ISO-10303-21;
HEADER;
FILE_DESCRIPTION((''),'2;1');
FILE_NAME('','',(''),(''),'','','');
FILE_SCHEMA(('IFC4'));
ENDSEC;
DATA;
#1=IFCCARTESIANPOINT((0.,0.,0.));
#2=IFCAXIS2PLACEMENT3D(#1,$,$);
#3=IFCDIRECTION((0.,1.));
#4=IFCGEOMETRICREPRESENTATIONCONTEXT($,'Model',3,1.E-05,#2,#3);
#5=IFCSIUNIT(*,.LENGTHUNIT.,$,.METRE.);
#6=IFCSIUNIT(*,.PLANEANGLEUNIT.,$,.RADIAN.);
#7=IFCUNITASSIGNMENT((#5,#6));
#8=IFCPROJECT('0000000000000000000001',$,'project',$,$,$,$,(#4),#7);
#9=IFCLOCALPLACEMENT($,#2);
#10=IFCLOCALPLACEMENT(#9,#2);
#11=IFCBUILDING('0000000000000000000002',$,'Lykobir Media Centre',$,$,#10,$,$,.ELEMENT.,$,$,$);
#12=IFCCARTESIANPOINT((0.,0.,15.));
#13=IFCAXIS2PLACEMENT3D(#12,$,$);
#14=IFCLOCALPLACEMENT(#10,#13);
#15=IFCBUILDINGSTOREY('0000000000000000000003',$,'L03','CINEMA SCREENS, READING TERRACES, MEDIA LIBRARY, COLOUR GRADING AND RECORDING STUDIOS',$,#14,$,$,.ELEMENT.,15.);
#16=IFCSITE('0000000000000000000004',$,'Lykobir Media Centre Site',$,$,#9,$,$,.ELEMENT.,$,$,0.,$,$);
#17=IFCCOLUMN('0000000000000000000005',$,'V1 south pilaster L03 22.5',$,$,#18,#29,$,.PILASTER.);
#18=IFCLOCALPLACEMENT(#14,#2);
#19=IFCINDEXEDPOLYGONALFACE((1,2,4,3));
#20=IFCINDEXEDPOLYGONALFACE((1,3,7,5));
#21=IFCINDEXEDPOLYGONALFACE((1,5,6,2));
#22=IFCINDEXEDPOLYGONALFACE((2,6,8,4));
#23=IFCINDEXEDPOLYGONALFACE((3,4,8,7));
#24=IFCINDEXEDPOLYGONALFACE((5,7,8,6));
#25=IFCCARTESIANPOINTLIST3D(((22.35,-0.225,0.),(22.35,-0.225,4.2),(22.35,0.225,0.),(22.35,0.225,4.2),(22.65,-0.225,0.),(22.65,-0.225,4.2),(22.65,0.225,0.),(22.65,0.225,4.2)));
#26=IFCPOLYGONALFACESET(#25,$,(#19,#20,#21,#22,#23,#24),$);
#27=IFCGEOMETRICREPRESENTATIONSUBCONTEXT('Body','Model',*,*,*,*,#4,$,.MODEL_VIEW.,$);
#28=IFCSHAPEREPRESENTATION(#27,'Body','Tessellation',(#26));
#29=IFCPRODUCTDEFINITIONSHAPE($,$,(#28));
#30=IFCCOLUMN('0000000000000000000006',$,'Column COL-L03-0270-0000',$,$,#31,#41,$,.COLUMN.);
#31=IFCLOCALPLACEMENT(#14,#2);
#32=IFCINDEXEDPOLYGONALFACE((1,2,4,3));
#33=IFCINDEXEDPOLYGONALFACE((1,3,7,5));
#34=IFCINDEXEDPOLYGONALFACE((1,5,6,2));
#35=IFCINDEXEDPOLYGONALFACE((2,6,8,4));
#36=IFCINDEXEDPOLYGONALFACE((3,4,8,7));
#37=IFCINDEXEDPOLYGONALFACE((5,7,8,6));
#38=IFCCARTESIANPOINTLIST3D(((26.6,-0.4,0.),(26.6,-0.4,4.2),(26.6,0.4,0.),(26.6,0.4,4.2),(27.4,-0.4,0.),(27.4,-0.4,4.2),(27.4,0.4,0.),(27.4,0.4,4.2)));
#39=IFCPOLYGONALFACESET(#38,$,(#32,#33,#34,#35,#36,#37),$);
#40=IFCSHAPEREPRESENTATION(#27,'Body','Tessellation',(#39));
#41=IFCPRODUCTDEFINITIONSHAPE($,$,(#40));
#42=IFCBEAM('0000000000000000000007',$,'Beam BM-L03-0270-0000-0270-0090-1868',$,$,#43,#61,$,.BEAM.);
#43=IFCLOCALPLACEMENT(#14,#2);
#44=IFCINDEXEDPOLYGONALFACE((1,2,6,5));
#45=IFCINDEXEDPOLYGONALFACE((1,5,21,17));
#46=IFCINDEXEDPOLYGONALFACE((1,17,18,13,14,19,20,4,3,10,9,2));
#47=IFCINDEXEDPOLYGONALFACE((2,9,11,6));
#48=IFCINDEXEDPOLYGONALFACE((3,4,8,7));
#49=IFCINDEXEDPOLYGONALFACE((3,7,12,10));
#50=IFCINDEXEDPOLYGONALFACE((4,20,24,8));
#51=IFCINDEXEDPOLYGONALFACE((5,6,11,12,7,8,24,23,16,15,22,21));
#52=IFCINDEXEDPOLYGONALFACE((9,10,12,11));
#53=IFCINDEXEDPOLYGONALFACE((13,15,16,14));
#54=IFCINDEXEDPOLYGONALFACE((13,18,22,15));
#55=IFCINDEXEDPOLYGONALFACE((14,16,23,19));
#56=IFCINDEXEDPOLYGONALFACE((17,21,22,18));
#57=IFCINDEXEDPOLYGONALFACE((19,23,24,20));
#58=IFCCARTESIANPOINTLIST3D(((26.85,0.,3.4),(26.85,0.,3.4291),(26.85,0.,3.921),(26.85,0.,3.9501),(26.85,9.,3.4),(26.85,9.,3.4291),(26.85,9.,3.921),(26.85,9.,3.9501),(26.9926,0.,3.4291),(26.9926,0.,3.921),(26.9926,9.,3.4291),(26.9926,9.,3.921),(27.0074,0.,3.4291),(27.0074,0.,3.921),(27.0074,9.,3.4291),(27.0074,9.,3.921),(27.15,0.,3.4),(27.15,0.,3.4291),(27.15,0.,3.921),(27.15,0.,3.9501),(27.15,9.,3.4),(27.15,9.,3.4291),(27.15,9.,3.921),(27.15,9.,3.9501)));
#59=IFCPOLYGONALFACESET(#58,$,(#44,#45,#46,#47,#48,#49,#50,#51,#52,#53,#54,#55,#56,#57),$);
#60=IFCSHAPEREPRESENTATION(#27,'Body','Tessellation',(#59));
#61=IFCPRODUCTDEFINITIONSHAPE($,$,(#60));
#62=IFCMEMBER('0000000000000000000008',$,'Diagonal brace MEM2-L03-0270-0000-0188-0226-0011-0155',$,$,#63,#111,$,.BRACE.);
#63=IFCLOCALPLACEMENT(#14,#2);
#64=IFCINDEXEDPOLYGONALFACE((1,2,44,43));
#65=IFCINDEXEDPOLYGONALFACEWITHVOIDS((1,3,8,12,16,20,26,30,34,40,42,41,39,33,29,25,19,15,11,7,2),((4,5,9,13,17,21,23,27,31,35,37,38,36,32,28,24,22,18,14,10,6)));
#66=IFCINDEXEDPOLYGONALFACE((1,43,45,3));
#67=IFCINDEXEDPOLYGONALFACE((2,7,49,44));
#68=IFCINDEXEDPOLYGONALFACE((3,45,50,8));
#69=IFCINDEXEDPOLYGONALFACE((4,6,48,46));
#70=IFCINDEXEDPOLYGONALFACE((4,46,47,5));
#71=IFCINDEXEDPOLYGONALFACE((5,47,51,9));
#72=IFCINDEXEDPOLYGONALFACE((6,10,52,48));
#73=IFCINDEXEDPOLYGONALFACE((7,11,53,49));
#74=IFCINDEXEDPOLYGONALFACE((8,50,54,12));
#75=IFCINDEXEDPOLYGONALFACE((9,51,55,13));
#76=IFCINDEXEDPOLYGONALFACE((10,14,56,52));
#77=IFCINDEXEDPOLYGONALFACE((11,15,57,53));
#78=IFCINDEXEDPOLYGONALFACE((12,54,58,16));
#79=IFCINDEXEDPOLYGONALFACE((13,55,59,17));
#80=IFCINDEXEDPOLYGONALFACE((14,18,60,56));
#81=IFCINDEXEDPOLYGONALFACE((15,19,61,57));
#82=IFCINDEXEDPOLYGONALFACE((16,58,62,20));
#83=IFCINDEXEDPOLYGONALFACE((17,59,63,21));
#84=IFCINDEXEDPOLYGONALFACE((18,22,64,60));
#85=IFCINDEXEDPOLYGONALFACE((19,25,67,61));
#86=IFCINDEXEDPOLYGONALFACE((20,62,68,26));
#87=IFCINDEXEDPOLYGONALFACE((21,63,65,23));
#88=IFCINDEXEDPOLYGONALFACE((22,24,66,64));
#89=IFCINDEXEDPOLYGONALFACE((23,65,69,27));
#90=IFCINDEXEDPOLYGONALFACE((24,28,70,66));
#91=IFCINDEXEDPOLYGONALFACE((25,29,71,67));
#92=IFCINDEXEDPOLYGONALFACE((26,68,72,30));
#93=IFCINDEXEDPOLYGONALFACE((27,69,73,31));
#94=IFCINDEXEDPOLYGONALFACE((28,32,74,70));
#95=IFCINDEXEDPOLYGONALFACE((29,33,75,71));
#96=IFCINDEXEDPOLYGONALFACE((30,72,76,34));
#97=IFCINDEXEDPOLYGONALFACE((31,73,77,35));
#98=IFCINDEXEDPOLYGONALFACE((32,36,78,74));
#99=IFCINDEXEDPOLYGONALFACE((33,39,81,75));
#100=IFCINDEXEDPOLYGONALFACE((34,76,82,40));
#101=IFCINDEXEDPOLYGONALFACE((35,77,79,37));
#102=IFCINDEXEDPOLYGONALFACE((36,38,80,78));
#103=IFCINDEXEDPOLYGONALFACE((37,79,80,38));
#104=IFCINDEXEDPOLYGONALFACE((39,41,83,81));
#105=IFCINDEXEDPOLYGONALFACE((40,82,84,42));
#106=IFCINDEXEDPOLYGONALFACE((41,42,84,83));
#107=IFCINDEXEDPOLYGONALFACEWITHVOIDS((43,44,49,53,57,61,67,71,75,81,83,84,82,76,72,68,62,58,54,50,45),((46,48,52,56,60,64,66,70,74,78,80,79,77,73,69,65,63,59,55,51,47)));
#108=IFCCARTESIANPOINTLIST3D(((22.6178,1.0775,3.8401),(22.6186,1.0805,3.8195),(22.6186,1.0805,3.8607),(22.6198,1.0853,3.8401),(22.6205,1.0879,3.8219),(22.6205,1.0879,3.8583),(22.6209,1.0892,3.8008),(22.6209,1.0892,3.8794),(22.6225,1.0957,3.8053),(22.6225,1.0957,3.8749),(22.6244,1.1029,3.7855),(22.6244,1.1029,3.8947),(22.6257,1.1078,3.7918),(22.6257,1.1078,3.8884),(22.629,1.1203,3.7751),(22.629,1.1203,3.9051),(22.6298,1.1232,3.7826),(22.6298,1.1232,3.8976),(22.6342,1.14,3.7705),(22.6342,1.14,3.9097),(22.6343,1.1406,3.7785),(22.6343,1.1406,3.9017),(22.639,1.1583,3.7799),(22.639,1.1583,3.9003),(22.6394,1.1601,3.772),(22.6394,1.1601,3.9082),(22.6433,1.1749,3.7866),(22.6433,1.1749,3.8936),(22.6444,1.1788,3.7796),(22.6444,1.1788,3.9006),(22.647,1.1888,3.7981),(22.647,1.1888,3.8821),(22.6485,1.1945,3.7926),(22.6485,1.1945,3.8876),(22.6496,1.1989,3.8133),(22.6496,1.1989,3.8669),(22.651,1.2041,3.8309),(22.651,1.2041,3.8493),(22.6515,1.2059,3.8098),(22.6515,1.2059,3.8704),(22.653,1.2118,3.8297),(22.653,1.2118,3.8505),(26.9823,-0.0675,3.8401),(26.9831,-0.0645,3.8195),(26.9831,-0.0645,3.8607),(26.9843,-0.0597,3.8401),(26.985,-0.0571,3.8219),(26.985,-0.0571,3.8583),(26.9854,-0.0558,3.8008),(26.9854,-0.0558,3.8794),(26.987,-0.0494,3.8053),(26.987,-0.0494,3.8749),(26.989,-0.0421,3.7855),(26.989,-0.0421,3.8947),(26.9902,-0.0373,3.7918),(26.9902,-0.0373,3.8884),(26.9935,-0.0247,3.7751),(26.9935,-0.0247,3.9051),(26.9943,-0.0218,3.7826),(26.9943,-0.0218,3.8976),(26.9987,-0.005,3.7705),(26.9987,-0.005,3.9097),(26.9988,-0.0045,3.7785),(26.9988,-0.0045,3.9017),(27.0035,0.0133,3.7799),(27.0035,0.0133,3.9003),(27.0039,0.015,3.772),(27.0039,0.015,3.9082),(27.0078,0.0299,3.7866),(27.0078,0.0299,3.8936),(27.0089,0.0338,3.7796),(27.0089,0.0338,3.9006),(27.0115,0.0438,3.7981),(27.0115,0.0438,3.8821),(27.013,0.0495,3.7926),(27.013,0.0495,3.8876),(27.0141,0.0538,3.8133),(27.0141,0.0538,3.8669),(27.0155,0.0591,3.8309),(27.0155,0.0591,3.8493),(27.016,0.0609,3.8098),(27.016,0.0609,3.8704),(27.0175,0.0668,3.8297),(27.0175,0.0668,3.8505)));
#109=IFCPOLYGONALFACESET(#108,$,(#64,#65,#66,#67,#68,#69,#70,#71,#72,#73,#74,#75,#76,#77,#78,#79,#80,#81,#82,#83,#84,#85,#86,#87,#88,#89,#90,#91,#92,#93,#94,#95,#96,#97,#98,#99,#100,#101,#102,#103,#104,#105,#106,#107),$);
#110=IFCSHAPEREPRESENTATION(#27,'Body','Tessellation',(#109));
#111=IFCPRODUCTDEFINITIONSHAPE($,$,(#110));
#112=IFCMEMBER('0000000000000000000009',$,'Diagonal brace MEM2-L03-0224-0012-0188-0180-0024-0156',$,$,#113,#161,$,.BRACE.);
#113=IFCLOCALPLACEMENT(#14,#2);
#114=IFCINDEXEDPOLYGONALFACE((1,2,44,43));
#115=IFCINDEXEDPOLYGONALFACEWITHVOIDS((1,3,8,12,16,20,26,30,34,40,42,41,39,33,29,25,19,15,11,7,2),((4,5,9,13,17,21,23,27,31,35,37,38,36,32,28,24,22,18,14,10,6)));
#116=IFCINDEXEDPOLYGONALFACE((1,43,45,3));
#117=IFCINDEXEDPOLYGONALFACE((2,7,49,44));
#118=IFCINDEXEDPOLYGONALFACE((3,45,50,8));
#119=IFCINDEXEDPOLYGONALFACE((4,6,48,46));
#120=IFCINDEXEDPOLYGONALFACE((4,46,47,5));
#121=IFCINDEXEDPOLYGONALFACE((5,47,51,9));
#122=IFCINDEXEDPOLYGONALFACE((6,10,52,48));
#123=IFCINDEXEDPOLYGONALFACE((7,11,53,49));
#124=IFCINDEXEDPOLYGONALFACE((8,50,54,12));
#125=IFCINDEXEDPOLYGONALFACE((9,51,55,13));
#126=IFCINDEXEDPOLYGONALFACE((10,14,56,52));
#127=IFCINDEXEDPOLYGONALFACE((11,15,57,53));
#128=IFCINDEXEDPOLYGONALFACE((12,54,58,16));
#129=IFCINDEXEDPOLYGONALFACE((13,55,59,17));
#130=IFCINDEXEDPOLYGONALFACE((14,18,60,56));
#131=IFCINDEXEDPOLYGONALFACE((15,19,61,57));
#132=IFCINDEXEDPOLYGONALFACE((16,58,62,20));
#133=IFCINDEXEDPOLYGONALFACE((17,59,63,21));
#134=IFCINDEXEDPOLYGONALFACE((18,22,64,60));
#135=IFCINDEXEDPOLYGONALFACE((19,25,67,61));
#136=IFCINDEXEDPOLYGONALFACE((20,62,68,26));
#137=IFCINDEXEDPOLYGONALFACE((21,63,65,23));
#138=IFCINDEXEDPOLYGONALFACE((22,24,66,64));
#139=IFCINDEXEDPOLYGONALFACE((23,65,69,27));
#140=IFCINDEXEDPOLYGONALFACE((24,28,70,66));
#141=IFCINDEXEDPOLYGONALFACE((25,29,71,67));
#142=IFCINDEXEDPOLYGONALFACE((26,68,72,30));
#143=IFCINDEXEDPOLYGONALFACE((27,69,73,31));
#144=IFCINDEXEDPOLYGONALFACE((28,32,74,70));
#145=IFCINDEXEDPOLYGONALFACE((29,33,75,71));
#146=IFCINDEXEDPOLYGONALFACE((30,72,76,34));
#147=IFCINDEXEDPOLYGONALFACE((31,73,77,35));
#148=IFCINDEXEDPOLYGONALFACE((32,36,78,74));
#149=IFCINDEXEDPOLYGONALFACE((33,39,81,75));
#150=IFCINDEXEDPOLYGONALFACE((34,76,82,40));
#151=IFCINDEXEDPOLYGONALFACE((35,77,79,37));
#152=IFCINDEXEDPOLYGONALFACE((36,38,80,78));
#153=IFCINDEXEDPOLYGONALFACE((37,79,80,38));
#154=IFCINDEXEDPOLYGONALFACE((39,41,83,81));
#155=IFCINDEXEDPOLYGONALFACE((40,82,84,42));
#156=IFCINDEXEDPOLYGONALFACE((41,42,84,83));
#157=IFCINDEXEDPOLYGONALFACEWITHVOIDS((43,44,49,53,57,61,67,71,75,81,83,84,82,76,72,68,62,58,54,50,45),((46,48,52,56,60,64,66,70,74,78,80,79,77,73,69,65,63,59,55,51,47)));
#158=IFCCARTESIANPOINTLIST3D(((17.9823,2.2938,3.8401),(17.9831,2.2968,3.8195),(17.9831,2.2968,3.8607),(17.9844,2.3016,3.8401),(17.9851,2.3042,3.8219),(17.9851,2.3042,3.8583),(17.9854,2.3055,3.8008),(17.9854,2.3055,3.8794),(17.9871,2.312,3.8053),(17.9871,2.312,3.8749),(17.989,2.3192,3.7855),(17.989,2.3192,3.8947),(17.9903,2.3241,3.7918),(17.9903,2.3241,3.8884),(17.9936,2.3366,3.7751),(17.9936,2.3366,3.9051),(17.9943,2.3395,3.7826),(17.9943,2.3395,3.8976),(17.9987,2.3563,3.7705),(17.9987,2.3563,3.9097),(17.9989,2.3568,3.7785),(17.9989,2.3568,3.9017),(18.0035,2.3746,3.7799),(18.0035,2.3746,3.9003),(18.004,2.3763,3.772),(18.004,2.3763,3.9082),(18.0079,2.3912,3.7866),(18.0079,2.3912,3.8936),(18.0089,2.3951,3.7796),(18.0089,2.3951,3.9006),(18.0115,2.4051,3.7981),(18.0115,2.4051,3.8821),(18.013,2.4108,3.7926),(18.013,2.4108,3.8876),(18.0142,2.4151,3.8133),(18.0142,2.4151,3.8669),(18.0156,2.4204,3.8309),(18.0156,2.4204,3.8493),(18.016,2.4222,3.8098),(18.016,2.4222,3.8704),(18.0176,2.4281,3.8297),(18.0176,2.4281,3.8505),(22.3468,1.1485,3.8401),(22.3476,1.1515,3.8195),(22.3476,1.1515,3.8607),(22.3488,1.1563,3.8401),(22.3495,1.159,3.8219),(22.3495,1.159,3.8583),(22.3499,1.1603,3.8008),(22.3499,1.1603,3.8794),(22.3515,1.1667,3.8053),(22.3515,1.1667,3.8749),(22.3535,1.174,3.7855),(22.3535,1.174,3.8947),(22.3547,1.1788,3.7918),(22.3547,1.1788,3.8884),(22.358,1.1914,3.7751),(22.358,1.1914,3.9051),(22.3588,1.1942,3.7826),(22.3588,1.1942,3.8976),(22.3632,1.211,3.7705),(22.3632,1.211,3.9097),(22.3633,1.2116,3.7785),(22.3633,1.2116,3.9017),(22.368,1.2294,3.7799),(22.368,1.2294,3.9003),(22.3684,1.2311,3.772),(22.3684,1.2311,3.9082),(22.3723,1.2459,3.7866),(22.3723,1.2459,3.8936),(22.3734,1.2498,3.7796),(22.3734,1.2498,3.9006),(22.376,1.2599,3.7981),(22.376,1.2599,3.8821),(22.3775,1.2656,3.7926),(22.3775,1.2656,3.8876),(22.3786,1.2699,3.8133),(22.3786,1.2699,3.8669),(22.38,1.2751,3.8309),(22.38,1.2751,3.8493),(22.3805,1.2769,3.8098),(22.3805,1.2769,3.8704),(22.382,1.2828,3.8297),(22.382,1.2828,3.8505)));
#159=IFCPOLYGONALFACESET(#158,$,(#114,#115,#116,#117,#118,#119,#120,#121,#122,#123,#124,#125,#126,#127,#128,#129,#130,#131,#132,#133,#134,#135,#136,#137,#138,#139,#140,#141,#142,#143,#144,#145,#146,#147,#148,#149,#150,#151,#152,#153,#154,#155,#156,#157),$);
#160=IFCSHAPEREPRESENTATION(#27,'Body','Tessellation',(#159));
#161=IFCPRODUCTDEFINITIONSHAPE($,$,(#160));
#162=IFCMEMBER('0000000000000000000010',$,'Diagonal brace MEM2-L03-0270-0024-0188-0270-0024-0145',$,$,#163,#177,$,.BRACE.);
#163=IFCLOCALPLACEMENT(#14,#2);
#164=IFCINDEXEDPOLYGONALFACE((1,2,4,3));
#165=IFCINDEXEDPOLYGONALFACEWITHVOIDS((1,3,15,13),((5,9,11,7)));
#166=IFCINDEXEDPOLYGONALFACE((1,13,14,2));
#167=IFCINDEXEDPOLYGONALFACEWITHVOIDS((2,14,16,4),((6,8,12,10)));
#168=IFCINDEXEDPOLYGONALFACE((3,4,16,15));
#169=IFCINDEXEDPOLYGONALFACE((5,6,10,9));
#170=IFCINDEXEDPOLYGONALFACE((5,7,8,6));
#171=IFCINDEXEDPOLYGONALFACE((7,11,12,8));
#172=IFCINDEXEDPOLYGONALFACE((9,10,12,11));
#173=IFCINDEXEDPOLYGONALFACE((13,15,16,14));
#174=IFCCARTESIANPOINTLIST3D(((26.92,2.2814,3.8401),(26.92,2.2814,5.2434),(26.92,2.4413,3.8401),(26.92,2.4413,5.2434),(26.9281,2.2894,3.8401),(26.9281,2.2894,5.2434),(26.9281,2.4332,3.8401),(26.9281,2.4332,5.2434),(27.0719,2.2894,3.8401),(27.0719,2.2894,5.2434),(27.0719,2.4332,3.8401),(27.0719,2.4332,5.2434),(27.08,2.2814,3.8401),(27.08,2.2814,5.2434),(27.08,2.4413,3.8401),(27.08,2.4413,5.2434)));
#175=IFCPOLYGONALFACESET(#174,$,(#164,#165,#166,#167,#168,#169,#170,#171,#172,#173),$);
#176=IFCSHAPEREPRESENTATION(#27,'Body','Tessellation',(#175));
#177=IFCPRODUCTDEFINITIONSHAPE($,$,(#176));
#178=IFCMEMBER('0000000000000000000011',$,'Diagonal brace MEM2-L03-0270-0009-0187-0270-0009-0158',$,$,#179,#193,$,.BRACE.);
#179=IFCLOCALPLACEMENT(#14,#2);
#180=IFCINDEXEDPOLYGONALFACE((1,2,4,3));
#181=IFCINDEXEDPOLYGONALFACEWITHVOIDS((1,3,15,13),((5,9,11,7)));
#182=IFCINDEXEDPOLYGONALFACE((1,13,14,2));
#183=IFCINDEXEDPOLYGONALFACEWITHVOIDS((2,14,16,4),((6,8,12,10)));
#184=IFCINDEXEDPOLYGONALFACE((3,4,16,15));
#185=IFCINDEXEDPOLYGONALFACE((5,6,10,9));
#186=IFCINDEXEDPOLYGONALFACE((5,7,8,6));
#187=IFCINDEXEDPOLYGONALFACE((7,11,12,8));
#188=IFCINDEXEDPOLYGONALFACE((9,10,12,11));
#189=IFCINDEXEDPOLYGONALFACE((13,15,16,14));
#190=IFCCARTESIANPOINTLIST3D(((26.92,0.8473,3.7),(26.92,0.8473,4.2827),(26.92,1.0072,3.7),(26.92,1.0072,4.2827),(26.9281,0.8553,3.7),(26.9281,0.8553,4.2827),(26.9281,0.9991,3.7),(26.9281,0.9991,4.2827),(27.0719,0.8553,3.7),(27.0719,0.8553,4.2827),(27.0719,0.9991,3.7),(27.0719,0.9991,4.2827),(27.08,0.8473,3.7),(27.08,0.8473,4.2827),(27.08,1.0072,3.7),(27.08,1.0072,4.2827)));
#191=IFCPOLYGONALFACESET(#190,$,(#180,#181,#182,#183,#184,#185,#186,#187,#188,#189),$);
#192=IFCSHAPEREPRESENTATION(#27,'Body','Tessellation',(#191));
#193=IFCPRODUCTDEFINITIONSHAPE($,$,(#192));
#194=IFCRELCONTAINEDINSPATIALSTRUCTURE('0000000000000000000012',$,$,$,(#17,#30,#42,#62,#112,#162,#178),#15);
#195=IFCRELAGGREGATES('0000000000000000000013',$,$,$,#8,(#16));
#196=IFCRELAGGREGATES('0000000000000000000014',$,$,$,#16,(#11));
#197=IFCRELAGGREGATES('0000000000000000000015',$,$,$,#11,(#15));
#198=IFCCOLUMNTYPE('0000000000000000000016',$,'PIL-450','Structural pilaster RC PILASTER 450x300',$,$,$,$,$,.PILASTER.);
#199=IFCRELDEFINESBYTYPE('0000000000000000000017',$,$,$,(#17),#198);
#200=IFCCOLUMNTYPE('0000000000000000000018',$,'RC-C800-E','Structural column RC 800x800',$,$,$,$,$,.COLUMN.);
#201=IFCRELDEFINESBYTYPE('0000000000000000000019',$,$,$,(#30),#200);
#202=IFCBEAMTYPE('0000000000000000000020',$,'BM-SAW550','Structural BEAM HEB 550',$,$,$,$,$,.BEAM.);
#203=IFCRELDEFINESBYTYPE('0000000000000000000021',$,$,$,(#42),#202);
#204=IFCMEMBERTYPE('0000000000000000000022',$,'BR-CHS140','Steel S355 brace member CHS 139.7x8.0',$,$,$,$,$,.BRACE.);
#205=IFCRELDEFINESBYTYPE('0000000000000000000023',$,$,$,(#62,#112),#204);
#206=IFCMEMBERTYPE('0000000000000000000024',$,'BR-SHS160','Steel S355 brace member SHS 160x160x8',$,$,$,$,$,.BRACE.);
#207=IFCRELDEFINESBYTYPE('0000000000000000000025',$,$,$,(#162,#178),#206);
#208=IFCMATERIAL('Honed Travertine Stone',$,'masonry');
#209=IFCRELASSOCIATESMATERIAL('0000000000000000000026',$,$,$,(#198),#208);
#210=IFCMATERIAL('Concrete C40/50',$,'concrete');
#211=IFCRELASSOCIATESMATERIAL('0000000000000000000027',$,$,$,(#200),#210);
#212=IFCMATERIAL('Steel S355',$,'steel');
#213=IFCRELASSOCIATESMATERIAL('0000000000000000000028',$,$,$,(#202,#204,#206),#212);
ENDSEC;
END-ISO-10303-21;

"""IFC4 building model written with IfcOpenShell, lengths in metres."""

from ifc_helpers import new_model, si_unit, direction, frame, origin, origin_2d, place, context, subcontext, project, spatial, rectangle, hollow_rectangle, hollow_circle, i_section, extrude, material, material_profile, profile_set, type_object, element, save


model = new_model("IFC4")

# Units and contexts
model_context = context("Model", 3, precision=1e-05, world=origin(), true_north=direction((0.0, 1.0)))
body_context = subcontext(model_context, "Body", "Model", "MODEL_VIEW")
ifc_project = project(units=[si_unit("LENGTHUNIT", "METRE"), si_unit("PLANEANGLEUNIT", "RADIAN")], contexts=[model_context])

# Site, building, storey
site_placement = place(None, origin())
site = spatial("IfcSite", under=ifc_project, at=site_placement, Name="Lykobir Media Centre Site", CompositionType="ELEMENT", RefElevation=0.0)
building_placement = place(site_placement, origin())
building = spatial("IfcBuilding", under=site, at=building_placement, Name="Lykobir Media Centre", CompositionType="ELEMENT")
storey_placement = place(building_placement, frame((0.0, 0.0, 15.0)))
storey = spatial("IfcBuildingStorey", under=building, at=storey_placement, Name="L03", Description="CINEMA SCREENS, READING TERRACES, MEDIA LIBRARY, COLOUR GRADING AND RECORDING STUDIOS", CompositionType="ELEMENT", Elevation=15.0)

# Columns
ifc_material_1 = material(Name="Honed Travertine Stone", Category="masonry")
ifc_material_profile_1 = material_profile(ifc_material_1, rectangle(XDim=0.3, YDim=0.45, at=origin_2d()), Name="RC PILASTER 450x300")
ifc_profile_set_1 = profile_set([ifc_material_profile_1], Name="Honed Travertine Stone")
column_type_1 = type_object("IfcColumnType", Name="PIL-450", Description="Structural pilaster RC PILASTER 450x300", PredefinedType="PILASTER", material=ifc_profile_set_1)
column_1_placement = place(storey_placement, frame((22.5, 0.0, 0.0), z_axis=(0.0, 0.0, 1.0), x_axis=(1.0, 0.0, 0.0)))
element("IfcColumn", 1, at=column_1_placement, inside=storey, type_object=column_type_1, Name="V1 south pilaster L03 22.5", PredefinedType="PILASTER", context=body_context, shape_type="SweptSolid", body=[
    extrude(rectangle(XDim=0.3, YDim=0.45, at=origin_2d()), origin(), (0.0, 0.0, 1.0), 4.2),
])
ifc_material_2 = material(Name="Concrete C40/50", Category="concrete")
ifc_material_profile_2 = material_profile(ifc_material_2, rectangle(XDim=0.8, YDim=0.8, at=origin_2d()), Name="RC 800x800")
ifc_profile_set_2 = profile_set([ifc_material_profile_2], Name="Concrete C40/50")
column_type_2 = type_object("IfcColumnType", Name="RC-C800-E", Description="Structural column RC 800x800", PredefinedType="COLUMN", material=ifc_profile_set_2)
column_2_placement = place(storey_placement, frame((27.0, 0.0, 0.0), z_axis=(0.0, 0.0, 1.0), x_axis=(1.0, 0.0, 0.0)))
element("IfcColumn", 2, at=column_2_placement, inside=storey, type_object=column_type_2, Name="Column COL-L03-0270-0000", PredefinedType="COLUMN", context=body_context, shape_type="SweptSolid", body=[
    extrude(rectangle(XDim=0.8, YDim=0.8, at=origin_2d()), origin(), (0.0, 0.0, 1.0), 4.2),
])

# Beam
ifc_material_3 = material(Name="Steel S355", Category="steel")
ifc_material_profile_3 = material_profile(ifc_material_3, i_section(OverallWidth=0.3, OverallDepth=0.55, WebThickness=0.0149, FlangeThickness=0.0291, at=origin_2d()), Name="HEB 550")
ifc_profile_set_3 = profile_set([ifc_material_profile_3], Name="Steel S355")
beam_type_1 = type_object("IfcBeamType", Name="BM-SAW550", Description="Structural BEAM HEB 550", PredefinedType="BEAM", material=ifc_profile_set_3)
beam_1_placement = place(storey_placement, frame((27.0, 0.0, 3.675), z_axis=(0.0, 1.0, 0.0), x_axis=(-1.0, 0.0, 0.0)))
element("IfcBeam", 3, at=beam_1_placement, inside=storey, type_object=beam_type_1, Name="Beam BM-L03-0270-0000-0270-0090-1868", PredefinedType="BEAM", context=body_context, shape_type="SweptSolid", body=[
    extrude(i_section(OverallWidth=0.3, OverallDepth=0.55, WebThickness=0.0149, FlangeThickness=0.0291, at=origin_2d()), origin(), (0.0, 0.0, 1.0), 9.0),
])

# Members
ifc_material_profile_4 = material_profile(ifc_material_3, hollow_circle(Radius=0.0698, WallThickness=0.0081, at=origin_2d()), Name="CHS 139.7x8.0")
ifc_profile_set_4 = profile_set([ifc_material_profile_4], Name="Steel S355")
member_type_1 = type_object("IfcMemberType", Name="BR-CHS140", Description="Steel S355 brace member CHS 139.7x8.0", PredefinedType="BRACE", material=ifc_profile_set_4)
for number, where, z_axis, x_axis, name in (
    (4, (27.0, 0.0, 3.8401), (-0.967267, 0.253761, 0.0), (-0.253761, -0.967267, 0.0), "Diagonal brace MEM2-L03-0270-0000-0188-0226-0011-0155"),
    (5, (22.3645, 1.2161, 3.8401), (-0.967254, 0.253811, 0.0), (-0.253811, -0.967254, 0.0), "Diagonal brace MEM2-L03-0224-0012-0188-0180-0024-0156"),
):
    element("IfcMember", number, at=place(storey_placement, frame(where, z_axis=z_axis, x_axis=x_axis)), inside=storey, type_object=member_type_1, Name=name, PredefinedType="BRACE", context=body_context, shape_type="SweptSolid", body=[
        extrude(hollow_circle(Radius=0.0698, WallThickness=0.0081, at=origin_2d()), origin(), (0.0, 0.0, 1.0), 4.5122),
    ])
ifc_material_profile_5 = material_profile(ifc_material_3, hollow_rectangle(XDim=0.1599, YDim=0.1599, WallThickness=0.0081, at=origin_2d()), Name="SHS 160x160x8")
ifc_profile_set_5 = profile_set([ifc_material_profile_5], Name="Steel S355")
member_type_2 = type_object("IfcMemberType", Name="BR-SHS160", Description="Steel S355 brace member SHS 160x160x8", PredefinedType="BRACE", material=ifc_profile_set_5)
member_1_placement = place(storey_placement, frame((27.0, 2.3613, 3.8401), z_axis=(0.0, 0.0, 1.0), x_axis=(1.0, 0.0, 0.0)))
element("IfcMember", 6, at=member_1_placement, inside=storey, type_object=member_type_2, Name="Diagonal brace MEM2-L03-0270-0024-0188-0270-0024-0145", PredefinedType="BRACE", context=body_context, shape_type="SweptSolid", body=[
    extrude(hollow_rectangle(XDim=0.1599, YDim=0.1599, WallThickness=0.0081, at=origin_2d()), origin(), (0.0, 0.0, 1.0), 1.4033),
])
member_2_placement = place(storey_placement, frame((27.0, 0.9272, 3.7), z_axis=(0.0, 0.0, 1.0), x_axis=(1.0, 0.0, 0.0)))
element("IfcMember", 7, at=member_2_placement, inside=storey, type_object=member_type_2, Name="Diagonal brace MEM2-L03-0270-0009-0187-0270-0009-0158", PredefinedType="BRACE", context=body_context, shape_type="SweptSolid", body=[
    extrude(hollow_rectangle(XDim=0.1599, YDim=0.1599, WallThickness=0.0081, at=origin_2d()), origin(), (0.0, 0.0, 1.0), 0.5828),
])

save(model, "model.ifc")
